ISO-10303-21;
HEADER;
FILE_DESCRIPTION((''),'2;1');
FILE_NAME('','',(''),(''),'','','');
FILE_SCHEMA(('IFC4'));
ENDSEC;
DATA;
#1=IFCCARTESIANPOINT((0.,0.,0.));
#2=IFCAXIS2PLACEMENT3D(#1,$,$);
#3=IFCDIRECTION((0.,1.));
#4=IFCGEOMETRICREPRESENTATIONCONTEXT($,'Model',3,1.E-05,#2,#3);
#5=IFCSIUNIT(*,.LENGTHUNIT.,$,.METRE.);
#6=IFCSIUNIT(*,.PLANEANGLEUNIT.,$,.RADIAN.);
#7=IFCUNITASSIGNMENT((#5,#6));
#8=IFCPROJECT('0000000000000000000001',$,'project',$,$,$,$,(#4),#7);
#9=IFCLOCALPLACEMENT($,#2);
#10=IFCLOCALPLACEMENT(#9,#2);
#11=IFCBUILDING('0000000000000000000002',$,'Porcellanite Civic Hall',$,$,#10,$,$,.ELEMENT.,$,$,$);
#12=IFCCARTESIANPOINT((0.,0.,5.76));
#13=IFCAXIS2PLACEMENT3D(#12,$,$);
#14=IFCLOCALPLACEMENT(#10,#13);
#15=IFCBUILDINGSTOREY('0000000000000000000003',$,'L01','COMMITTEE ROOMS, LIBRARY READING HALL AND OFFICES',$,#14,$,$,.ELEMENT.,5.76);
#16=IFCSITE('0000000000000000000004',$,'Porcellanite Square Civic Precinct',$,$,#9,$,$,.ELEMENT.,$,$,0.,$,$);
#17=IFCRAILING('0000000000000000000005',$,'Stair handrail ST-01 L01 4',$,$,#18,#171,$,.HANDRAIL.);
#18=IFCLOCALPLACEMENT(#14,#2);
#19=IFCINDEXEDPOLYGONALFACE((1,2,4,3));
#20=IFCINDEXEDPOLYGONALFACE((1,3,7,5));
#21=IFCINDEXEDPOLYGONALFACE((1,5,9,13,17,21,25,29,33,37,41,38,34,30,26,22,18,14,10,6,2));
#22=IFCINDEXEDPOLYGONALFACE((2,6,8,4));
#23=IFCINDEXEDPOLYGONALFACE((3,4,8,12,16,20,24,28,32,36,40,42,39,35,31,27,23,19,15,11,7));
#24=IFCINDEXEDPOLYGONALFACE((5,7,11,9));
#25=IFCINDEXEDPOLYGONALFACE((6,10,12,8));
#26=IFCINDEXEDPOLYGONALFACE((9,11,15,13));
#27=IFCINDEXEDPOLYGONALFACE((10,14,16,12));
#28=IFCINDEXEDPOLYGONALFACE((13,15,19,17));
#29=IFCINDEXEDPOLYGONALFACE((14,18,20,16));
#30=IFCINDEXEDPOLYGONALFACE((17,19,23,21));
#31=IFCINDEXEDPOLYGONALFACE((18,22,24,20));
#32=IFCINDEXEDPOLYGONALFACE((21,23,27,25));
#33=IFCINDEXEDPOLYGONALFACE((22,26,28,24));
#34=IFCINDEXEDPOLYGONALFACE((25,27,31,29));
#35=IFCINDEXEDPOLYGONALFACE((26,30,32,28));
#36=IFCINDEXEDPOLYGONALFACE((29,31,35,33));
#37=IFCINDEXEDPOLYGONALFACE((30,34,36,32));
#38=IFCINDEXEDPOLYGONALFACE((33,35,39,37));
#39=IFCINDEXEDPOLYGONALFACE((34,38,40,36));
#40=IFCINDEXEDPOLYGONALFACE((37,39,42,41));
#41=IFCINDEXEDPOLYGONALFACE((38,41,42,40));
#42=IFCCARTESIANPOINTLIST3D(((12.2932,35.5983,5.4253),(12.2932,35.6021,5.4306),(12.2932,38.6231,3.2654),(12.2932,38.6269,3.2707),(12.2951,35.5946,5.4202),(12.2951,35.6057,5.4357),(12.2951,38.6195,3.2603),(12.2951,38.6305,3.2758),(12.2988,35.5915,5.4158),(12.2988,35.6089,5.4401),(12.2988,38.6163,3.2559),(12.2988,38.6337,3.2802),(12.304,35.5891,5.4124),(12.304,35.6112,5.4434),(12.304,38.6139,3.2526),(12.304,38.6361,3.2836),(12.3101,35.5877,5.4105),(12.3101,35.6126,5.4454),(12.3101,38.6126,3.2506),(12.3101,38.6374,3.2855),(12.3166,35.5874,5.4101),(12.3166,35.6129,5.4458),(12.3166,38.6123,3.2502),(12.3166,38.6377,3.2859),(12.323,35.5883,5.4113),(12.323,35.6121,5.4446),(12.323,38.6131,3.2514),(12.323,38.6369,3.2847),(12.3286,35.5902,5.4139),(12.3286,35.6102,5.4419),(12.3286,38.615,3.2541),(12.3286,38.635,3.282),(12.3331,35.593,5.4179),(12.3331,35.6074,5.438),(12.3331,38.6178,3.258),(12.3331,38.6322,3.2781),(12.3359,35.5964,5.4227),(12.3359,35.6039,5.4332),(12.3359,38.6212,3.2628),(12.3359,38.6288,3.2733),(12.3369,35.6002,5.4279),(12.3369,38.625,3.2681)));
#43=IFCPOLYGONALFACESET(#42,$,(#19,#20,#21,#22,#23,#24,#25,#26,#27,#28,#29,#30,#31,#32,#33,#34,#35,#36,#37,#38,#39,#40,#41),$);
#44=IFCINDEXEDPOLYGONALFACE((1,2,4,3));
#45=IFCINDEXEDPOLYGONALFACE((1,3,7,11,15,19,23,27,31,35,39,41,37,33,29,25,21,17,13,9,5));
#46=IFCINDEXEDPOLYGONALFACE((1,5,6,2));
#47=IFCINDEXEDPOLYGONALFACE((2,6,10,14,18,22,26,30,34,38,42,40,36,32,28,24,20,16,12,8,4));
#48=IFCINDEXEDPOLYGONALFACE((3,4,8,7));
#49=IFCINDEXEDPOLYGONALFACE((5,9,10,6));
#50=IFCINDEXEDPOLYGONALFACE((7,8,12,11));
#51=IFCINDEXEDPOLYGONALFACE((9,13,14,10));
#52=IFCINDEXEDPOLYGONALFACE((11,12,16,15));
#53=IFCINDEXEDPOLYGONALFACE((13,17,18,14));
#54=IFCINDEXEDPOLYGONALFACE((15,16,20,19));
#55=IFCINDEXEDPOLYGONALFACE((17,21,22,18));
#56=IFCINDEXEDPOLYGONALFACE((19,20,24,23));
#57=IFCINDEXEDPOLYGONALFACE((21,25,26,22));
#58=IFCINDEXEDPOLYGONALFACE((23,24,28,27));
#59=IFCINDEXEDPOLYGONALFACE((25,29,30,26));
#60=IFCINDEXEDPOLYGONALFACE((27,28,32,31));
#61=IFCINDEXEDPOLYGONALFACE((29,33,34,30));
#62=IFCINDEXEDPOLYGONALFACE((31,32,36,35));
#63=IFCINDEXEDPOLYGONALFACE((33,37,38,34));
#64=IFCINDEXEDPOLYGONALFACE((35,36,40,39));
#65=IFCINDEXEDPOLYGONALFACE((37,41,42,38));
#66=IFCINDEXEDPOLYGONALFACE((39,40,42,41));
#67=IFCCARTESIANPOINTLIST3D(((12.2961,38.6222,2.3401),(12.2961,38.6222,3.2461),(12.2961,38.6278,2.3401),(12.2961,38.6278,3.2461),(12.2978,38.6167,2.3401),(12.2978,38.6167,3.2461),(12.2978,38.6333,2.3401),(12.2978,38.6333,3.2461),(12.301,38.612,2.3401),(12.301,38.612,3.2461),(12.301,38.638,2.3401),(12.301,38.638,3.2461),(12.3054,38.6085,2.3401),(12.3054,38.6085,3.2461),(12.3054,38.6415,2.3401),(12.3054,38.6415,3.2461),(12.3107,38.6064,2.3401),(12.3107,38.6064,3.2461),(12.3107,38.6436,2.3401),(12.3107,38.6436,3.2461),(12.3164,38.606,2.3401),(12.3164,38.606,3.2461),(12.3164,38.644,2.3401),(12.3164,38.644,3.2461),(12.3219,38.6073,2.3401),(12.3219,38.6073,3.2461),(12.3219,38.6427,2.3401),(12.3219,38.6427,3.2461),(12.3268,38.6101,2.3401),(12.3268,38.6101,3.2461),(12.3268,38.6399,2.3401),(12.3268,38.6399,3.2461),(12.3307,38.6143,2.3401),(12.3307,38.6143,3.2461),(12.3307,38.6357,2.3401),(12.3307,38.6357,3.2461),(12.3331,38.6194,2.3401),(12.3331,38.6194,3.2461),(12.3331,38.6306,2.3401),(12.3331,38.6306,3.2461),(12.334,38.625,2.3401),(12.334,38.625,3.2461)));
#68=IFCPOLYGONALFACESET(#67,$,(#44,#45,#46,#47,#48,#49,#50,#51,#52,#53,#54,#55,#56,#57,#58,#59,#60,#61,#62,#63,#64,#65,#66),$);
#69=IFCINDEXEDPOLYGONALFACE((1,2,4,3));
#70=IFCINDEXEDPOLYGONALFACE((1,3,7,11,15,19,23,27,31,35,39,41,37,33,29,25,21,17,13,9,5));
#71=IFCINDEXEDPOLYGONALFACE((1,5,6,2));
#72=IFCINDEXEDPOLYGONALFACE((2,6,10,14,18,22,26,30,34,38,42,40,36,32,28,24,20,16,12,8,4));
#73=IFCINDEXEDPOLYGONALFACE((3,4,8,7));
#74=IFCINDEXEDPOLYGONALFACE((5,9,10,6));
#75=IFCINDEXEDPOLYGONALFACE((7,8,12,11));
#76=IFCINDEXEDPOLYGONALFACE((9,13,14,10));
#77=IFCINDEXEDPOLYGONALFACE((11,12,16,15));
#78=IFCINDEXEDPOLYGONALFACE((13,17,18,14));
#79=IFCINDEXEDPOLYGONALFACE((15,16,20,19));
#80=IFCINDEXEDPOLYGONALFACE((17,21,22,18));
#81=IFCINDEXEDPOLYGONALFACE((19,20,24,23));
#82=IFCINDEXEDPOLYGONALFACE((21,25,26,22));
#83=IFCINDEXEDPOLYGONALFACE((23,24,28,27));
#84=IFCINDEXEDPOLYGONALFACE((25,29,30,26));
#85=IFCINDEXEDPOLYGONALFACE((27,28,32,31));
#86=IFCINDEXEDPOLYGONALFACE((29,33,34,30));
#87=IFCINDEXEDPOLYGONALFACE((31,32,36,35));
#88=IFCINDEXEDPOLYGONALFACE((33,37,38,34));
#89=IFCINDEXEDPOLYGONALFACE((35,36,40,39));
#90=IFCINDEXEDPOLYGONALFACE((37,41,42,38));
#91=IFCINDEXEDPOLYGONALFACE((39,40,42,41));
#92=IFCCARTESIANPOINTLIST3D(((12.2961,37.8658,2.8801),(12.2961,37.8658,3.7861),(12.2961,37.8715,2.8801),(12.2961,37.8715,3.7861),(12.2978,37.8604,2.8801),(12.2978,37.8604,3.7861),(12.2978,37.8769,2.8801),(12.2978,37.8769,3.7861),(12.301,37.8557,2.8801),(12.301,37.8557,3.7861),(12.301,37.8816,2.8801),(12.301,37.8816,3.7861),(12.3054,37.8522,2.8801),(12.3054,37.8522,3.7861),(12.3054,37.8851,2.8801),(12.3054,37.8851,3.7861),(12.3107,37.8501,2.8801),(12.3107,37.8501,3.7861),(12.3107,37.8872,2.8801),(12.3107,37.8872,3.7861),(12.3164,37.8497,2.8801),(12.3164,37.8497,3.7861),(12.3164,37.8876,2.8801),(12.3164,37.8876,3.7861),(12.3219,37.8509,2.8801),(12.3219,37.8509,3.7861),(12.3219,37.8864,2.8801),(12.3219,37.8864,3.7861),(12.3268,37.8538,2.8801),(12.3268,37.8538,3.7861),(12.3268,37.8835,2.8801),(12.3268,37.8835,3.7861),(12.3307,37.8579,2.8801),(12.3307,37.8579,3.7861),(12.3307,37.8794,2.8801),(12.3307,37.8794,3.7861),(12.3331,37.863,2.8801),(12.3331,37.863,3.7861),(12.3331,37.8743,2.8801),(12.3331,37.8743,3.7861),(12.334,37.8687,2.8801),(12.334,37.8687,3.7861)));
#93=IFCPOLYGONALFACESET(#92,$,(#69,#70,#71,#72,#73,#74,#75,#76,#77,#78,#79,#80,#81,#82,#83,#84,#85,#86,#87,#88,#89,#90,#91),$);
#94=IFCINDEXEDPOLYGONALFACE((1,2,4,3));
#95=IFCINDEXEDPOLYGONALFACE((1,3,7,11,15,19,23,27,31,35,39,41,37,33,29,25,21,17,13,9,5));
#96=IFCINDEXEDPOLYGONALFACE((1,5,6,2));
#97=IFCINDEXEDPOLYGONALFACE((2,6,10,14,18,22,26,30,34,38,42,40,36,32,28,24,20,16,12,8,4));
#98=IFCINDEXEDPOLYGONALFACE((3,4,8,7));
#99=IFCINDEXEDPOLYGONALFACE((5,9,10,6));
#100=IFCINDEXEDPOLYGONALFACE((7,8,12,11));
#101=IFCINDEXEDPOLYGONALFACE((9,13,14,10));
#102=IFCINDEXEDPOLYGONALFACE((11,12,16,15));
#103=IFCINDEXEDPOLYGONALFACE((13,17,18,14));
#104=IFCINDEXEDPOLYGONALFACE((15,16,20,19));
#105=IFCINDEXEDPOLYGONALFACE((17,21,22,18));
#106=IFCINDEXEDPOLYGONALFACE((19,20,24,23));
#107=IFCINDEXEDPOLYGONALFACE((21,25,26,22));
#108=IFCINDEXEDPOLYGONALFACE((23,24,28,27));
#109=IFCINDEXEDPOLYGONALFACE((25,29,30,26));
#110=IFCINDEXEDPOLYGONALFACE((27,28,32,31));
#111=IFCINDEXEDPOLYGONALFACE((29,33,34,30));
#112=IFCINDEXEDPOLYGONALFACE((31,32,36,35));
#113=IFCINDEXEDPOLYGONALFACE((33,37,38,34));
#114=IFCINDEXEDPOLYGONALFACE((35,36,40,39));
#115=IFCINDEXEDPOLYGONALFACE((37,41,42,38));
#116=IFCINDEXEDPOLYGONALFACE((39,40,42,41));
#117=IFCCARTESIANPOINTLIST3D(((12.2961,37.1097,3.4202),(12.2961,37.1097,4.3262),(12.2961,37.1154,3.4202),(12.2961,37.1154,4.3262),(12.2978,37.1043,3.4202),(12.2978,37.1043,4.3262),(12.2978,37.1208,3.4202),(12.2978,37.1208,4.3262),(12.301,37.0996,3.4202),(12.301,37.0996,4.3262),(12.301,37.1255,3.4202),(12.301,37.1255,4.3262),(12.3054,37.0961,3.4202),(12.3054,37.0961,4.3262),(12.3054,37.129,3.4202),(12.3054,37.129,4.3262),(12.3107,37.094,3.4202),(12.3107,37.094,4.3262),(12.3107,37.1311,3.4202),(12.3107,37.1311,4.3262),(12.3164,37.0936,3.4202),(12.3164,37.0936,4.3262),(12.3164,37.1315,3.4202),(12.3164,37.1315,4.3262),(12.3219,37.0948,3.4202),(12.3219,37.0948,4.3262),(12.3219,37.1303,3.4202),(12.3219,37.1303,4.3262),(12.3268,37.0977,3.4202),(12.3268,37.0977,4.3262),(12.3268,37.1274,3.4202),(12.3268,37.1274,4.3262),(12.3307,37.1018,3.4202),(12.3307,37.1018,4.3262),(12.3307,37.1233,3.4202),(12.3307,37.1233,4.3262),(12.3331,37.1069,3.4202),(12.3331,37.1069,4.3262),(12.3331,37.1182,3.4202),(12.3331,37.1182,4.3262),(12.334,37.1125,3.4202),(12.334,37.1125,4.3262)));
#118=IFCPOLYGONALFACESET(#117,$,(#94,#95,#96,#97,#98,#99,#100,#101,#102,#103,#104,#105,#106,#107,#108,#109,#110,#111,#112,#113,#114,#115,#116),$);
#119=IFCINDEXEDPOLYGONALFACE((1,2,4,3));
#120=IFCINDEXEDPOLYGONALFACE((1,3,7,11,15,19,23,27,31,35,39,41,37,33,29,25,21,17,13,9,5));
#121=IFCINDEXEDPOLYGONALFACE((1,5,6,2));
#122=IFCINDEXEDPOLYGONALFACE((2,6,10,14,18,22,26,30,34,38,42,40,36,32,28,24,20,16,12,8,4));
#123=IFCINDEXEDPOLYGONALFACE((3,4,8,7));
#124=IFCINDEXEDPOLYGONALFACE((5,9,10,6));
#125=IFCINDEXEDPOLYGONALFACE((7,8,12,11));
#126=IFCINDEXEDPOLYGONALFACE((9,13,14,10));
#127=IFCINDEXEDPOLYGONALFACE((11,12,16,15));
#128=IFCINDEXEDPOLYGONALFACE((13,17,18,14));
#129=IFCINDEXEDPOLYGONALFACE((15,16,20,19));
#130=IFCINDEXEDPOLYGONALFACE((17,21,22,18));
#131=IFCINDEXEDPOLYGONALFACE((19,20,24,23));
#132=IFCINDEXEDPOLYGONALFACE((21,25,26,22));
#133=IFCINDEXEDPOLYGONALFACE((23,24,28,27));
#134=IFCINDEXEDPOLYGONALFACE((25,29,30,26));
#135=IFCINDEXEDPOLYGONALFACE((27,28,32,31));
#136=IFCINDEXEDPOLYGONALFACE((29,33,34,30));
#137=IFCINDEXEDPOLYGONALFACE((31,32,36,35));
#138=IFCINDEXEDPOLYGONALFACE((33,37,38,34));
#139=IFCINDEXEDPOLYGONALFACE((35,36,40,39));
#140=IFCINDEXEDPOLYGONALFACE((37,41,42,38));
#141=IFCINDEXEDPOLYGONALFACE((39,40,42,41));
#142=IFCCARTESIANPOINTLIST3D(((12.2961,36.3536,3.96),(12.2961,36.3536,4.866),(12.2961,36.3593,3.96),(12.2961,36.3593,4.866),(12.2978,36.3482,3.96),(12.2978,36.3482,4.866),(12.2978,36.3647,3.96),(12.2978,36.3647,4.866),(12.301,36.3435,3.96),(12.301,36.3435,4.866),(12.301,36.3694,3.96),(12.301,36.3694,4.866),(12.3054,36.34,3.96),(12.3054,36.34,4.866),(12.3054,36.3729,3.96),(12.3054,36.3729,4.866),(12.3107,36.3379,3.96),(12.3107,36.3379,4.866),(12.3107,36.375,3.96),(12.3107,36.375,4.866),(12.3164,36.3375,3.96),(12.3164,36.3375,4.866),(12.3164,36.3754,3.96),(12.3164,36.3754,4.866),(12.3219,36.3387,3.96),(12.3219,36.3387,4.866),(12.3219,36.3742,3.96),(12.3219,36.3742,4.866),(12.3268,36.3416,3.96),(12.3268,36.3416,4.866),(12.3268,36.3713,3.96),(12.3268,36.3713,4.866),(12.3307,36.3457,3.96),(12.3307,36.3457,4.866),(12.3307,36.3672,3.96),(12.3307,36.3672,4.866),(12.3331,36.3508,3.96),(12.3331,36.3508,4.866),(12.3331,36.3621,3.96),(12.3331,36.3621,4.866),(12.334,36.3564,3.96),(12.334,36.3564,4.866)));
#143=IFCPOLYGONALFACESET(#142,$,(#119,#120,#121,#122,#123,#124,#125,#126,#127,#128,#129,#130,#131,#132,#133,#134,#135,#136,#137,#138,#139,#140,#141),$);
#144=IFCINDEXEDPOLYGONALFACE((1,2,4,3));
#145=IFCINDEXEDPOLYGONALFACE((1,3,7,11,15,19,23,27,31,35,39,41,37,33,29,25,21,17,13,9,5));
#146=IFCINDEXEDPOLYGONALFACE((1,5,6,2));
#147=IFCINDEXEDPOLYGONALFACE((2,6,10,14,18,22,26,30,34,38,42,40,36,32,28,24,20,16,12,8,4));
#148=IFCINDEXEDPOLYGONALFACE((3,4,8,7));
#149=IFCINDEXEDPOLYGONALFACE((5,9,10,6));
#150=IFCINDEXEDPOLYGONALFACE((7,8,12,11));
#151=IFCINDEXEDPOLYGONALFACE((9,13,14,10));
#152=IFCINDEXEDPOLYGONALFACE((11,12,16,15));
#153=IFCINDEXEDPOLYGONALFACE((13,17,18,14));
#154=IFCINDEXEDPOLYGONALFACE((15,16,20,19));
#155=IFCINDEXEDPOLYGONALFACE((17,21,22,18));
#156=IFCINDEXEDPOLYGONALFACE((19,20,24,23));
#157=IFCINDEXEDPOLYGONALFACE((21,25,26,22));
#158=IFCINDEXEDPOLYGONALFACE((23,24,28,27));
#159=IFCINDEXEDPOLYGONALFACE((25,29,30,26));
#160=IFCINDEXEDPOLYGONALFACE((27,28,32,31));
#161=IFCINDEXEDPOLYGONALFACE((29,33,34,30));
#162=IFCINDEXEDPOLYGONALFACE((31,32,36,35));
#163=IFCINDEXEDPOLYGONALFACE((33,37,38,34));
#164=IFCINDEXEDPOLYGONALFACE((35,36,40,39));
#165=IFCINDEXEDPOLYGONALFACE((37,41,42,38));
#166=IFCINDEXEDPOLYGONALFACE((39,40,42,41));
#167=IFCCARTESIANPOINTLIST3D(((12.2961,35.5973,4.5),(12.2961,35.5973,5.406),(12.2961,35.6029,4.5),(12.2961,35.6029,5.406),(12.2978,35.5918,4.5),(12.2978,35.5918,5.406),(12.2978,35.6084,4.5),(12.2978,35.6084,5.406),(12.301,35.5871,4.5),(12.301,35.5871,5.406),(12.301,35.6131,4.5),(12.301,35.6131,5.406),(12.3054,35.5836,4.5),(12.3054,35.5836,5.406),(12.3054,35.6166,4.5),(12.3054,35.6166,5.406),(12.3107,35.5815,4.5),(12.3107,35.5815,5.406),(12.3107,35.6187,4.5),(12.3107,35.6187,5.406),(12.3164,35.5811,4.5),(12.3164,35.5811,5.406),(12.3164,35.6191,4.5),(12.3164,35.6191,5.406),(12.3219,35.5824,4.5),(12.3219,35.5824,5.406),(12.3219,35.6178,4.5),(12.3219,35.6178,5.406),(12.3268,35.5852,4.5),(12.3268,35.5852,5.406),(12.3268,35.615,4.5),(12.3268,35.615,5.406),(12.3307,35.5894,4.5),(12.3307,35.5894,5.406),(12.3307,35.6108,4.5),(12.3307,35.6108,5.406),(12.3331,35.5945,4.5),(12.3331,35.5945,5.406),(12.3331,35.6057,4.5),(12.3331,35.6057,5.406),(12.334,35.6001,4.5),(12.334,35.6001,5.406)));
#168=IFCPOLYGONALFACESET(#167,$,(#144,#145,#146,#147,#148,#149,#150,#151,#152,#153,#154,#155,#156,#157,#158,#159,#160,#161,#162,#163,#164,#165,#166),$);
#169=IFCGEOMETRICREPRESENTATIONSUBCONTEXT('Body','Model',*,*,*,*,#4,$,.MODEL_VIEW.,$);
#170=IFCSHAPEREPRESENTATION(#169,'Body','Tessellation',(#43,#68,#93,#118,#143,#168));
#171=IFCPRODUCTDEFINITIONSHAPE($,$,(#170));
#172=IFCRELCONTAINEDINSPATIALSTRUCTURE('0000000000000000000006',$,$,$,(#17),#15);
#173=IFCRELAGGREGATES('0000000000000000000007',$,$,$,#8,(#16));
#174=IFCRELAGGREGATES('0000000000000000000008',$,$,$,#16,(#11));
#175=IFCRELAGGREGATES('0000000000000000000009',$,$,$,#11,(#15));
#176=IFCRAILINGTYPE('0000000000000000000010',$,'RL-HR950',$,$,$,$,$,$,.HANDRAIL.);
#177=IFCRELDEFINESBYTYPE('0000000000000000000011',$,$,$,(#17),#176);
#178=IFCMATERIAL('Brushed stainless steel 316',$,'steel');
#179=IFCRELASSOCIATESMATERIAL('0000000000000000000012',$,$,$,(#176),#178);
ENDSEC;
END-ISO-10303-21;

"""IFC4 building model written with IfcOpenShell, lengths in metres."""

from ifc_helpers import new_model, si_unit, direction, frame, origin, origin_2d, place, context, subcontext, project, spatial, circle, extrude, material, type_object, element, save


model = new_model("IFC4")

# Units and contexts
model_context = context("Model", 3, precision=1e-05, world=origin(), true_north=direction((0.0, 1.0)))
body_context = subcontext(model_context, "Body", "Model", "MODEL_VIEW")
ifc_project = project(units=[si_unit("LENGTHUNIT", "METRE"), si_unit("PLANEANGLEUNIT", "RADIAN")], contexts=[model_context])

# Site, building, storey
site_placement = place(None, origin())
site = spatial("IfcSite", under=ifc_project, at=site_placement, Name="Porcellanite Square Civic Precinct", CompositionType="ELEMENT", RefElevation=0.0)
building_placement = place(site_placement, origin())
building = spatial("IfcBuilding", under=site, at=building_placement, Name="Porcellanite Civic Hall", CompositionType="ELEMENT")
storey_placement = place(building_placement, frame((0.0, 0.0, 5.76)))
storey = spatial("IfcBuildingStorey", under=building, at=storey_placement, Name="L01", Description="COMMITTEE ROOMS, LIBRARY READING HALL AND OFFICES", CompositionType="ELEMENT", Elevation=5.76)

# Railing
ifc_material_1 = material(Name="Brushed stainless steel 316", Category="steel")
railing_type_1 = type_object("IfcRailingType", Name="RL-HR950", PredefinedType="HANDRAIL", material=ifc_material_1)
railing_1_placement = place(storey_placement, frame((12.3149, 38.625, 2.3401)))
element("IfcRailing", 1, at=railing_1_placement, inside=storey, type_object=railing_type_1, Name="Stair handrail ST-01 L01 4", PredefinedType="HANDRAIL", context=body_context, shape_type="SweptSolid", body=[
    extrude(circle(Radius=0.022, at=origin_2d()), frame((0.0, 0.0, 0.928), z_axis=(0.0, -0.813827, 0.581108), x_axis=(1.0, 0.0, 0.0)), (0.0, 0.0, 1.0), 3.7168),
    extrude(circle(Radius=0.019, at=origin_2d()), origin(), (0.0, 0.0, 1.0), 0.906),
    extrude(circle(Radius=0.019, at=origin_2d()), frame((0.0, -0.7563, 0.54)), (0.0, 0.0, 1.0), 0.906),
    extrude(circle(Radius=0.019, at=origin_2d()), frame((0.0, -1.5125, 1.0801)), (0.0, 0.0, 1.0), 0.906),
    extrude(circle(Radius=0.019, at=origin_2d()), frame((0.0, -2.2686, 1.6199)), (0.0, 0.0, 1.0), 0.906),
    extrude(circle(Radius=0.019, at=origin_2d()), frame((0.0, -3.0249, 2.1599)), (0.0, 0.0, 1.0), 0.906),
])

save(model, "model.ifc")
